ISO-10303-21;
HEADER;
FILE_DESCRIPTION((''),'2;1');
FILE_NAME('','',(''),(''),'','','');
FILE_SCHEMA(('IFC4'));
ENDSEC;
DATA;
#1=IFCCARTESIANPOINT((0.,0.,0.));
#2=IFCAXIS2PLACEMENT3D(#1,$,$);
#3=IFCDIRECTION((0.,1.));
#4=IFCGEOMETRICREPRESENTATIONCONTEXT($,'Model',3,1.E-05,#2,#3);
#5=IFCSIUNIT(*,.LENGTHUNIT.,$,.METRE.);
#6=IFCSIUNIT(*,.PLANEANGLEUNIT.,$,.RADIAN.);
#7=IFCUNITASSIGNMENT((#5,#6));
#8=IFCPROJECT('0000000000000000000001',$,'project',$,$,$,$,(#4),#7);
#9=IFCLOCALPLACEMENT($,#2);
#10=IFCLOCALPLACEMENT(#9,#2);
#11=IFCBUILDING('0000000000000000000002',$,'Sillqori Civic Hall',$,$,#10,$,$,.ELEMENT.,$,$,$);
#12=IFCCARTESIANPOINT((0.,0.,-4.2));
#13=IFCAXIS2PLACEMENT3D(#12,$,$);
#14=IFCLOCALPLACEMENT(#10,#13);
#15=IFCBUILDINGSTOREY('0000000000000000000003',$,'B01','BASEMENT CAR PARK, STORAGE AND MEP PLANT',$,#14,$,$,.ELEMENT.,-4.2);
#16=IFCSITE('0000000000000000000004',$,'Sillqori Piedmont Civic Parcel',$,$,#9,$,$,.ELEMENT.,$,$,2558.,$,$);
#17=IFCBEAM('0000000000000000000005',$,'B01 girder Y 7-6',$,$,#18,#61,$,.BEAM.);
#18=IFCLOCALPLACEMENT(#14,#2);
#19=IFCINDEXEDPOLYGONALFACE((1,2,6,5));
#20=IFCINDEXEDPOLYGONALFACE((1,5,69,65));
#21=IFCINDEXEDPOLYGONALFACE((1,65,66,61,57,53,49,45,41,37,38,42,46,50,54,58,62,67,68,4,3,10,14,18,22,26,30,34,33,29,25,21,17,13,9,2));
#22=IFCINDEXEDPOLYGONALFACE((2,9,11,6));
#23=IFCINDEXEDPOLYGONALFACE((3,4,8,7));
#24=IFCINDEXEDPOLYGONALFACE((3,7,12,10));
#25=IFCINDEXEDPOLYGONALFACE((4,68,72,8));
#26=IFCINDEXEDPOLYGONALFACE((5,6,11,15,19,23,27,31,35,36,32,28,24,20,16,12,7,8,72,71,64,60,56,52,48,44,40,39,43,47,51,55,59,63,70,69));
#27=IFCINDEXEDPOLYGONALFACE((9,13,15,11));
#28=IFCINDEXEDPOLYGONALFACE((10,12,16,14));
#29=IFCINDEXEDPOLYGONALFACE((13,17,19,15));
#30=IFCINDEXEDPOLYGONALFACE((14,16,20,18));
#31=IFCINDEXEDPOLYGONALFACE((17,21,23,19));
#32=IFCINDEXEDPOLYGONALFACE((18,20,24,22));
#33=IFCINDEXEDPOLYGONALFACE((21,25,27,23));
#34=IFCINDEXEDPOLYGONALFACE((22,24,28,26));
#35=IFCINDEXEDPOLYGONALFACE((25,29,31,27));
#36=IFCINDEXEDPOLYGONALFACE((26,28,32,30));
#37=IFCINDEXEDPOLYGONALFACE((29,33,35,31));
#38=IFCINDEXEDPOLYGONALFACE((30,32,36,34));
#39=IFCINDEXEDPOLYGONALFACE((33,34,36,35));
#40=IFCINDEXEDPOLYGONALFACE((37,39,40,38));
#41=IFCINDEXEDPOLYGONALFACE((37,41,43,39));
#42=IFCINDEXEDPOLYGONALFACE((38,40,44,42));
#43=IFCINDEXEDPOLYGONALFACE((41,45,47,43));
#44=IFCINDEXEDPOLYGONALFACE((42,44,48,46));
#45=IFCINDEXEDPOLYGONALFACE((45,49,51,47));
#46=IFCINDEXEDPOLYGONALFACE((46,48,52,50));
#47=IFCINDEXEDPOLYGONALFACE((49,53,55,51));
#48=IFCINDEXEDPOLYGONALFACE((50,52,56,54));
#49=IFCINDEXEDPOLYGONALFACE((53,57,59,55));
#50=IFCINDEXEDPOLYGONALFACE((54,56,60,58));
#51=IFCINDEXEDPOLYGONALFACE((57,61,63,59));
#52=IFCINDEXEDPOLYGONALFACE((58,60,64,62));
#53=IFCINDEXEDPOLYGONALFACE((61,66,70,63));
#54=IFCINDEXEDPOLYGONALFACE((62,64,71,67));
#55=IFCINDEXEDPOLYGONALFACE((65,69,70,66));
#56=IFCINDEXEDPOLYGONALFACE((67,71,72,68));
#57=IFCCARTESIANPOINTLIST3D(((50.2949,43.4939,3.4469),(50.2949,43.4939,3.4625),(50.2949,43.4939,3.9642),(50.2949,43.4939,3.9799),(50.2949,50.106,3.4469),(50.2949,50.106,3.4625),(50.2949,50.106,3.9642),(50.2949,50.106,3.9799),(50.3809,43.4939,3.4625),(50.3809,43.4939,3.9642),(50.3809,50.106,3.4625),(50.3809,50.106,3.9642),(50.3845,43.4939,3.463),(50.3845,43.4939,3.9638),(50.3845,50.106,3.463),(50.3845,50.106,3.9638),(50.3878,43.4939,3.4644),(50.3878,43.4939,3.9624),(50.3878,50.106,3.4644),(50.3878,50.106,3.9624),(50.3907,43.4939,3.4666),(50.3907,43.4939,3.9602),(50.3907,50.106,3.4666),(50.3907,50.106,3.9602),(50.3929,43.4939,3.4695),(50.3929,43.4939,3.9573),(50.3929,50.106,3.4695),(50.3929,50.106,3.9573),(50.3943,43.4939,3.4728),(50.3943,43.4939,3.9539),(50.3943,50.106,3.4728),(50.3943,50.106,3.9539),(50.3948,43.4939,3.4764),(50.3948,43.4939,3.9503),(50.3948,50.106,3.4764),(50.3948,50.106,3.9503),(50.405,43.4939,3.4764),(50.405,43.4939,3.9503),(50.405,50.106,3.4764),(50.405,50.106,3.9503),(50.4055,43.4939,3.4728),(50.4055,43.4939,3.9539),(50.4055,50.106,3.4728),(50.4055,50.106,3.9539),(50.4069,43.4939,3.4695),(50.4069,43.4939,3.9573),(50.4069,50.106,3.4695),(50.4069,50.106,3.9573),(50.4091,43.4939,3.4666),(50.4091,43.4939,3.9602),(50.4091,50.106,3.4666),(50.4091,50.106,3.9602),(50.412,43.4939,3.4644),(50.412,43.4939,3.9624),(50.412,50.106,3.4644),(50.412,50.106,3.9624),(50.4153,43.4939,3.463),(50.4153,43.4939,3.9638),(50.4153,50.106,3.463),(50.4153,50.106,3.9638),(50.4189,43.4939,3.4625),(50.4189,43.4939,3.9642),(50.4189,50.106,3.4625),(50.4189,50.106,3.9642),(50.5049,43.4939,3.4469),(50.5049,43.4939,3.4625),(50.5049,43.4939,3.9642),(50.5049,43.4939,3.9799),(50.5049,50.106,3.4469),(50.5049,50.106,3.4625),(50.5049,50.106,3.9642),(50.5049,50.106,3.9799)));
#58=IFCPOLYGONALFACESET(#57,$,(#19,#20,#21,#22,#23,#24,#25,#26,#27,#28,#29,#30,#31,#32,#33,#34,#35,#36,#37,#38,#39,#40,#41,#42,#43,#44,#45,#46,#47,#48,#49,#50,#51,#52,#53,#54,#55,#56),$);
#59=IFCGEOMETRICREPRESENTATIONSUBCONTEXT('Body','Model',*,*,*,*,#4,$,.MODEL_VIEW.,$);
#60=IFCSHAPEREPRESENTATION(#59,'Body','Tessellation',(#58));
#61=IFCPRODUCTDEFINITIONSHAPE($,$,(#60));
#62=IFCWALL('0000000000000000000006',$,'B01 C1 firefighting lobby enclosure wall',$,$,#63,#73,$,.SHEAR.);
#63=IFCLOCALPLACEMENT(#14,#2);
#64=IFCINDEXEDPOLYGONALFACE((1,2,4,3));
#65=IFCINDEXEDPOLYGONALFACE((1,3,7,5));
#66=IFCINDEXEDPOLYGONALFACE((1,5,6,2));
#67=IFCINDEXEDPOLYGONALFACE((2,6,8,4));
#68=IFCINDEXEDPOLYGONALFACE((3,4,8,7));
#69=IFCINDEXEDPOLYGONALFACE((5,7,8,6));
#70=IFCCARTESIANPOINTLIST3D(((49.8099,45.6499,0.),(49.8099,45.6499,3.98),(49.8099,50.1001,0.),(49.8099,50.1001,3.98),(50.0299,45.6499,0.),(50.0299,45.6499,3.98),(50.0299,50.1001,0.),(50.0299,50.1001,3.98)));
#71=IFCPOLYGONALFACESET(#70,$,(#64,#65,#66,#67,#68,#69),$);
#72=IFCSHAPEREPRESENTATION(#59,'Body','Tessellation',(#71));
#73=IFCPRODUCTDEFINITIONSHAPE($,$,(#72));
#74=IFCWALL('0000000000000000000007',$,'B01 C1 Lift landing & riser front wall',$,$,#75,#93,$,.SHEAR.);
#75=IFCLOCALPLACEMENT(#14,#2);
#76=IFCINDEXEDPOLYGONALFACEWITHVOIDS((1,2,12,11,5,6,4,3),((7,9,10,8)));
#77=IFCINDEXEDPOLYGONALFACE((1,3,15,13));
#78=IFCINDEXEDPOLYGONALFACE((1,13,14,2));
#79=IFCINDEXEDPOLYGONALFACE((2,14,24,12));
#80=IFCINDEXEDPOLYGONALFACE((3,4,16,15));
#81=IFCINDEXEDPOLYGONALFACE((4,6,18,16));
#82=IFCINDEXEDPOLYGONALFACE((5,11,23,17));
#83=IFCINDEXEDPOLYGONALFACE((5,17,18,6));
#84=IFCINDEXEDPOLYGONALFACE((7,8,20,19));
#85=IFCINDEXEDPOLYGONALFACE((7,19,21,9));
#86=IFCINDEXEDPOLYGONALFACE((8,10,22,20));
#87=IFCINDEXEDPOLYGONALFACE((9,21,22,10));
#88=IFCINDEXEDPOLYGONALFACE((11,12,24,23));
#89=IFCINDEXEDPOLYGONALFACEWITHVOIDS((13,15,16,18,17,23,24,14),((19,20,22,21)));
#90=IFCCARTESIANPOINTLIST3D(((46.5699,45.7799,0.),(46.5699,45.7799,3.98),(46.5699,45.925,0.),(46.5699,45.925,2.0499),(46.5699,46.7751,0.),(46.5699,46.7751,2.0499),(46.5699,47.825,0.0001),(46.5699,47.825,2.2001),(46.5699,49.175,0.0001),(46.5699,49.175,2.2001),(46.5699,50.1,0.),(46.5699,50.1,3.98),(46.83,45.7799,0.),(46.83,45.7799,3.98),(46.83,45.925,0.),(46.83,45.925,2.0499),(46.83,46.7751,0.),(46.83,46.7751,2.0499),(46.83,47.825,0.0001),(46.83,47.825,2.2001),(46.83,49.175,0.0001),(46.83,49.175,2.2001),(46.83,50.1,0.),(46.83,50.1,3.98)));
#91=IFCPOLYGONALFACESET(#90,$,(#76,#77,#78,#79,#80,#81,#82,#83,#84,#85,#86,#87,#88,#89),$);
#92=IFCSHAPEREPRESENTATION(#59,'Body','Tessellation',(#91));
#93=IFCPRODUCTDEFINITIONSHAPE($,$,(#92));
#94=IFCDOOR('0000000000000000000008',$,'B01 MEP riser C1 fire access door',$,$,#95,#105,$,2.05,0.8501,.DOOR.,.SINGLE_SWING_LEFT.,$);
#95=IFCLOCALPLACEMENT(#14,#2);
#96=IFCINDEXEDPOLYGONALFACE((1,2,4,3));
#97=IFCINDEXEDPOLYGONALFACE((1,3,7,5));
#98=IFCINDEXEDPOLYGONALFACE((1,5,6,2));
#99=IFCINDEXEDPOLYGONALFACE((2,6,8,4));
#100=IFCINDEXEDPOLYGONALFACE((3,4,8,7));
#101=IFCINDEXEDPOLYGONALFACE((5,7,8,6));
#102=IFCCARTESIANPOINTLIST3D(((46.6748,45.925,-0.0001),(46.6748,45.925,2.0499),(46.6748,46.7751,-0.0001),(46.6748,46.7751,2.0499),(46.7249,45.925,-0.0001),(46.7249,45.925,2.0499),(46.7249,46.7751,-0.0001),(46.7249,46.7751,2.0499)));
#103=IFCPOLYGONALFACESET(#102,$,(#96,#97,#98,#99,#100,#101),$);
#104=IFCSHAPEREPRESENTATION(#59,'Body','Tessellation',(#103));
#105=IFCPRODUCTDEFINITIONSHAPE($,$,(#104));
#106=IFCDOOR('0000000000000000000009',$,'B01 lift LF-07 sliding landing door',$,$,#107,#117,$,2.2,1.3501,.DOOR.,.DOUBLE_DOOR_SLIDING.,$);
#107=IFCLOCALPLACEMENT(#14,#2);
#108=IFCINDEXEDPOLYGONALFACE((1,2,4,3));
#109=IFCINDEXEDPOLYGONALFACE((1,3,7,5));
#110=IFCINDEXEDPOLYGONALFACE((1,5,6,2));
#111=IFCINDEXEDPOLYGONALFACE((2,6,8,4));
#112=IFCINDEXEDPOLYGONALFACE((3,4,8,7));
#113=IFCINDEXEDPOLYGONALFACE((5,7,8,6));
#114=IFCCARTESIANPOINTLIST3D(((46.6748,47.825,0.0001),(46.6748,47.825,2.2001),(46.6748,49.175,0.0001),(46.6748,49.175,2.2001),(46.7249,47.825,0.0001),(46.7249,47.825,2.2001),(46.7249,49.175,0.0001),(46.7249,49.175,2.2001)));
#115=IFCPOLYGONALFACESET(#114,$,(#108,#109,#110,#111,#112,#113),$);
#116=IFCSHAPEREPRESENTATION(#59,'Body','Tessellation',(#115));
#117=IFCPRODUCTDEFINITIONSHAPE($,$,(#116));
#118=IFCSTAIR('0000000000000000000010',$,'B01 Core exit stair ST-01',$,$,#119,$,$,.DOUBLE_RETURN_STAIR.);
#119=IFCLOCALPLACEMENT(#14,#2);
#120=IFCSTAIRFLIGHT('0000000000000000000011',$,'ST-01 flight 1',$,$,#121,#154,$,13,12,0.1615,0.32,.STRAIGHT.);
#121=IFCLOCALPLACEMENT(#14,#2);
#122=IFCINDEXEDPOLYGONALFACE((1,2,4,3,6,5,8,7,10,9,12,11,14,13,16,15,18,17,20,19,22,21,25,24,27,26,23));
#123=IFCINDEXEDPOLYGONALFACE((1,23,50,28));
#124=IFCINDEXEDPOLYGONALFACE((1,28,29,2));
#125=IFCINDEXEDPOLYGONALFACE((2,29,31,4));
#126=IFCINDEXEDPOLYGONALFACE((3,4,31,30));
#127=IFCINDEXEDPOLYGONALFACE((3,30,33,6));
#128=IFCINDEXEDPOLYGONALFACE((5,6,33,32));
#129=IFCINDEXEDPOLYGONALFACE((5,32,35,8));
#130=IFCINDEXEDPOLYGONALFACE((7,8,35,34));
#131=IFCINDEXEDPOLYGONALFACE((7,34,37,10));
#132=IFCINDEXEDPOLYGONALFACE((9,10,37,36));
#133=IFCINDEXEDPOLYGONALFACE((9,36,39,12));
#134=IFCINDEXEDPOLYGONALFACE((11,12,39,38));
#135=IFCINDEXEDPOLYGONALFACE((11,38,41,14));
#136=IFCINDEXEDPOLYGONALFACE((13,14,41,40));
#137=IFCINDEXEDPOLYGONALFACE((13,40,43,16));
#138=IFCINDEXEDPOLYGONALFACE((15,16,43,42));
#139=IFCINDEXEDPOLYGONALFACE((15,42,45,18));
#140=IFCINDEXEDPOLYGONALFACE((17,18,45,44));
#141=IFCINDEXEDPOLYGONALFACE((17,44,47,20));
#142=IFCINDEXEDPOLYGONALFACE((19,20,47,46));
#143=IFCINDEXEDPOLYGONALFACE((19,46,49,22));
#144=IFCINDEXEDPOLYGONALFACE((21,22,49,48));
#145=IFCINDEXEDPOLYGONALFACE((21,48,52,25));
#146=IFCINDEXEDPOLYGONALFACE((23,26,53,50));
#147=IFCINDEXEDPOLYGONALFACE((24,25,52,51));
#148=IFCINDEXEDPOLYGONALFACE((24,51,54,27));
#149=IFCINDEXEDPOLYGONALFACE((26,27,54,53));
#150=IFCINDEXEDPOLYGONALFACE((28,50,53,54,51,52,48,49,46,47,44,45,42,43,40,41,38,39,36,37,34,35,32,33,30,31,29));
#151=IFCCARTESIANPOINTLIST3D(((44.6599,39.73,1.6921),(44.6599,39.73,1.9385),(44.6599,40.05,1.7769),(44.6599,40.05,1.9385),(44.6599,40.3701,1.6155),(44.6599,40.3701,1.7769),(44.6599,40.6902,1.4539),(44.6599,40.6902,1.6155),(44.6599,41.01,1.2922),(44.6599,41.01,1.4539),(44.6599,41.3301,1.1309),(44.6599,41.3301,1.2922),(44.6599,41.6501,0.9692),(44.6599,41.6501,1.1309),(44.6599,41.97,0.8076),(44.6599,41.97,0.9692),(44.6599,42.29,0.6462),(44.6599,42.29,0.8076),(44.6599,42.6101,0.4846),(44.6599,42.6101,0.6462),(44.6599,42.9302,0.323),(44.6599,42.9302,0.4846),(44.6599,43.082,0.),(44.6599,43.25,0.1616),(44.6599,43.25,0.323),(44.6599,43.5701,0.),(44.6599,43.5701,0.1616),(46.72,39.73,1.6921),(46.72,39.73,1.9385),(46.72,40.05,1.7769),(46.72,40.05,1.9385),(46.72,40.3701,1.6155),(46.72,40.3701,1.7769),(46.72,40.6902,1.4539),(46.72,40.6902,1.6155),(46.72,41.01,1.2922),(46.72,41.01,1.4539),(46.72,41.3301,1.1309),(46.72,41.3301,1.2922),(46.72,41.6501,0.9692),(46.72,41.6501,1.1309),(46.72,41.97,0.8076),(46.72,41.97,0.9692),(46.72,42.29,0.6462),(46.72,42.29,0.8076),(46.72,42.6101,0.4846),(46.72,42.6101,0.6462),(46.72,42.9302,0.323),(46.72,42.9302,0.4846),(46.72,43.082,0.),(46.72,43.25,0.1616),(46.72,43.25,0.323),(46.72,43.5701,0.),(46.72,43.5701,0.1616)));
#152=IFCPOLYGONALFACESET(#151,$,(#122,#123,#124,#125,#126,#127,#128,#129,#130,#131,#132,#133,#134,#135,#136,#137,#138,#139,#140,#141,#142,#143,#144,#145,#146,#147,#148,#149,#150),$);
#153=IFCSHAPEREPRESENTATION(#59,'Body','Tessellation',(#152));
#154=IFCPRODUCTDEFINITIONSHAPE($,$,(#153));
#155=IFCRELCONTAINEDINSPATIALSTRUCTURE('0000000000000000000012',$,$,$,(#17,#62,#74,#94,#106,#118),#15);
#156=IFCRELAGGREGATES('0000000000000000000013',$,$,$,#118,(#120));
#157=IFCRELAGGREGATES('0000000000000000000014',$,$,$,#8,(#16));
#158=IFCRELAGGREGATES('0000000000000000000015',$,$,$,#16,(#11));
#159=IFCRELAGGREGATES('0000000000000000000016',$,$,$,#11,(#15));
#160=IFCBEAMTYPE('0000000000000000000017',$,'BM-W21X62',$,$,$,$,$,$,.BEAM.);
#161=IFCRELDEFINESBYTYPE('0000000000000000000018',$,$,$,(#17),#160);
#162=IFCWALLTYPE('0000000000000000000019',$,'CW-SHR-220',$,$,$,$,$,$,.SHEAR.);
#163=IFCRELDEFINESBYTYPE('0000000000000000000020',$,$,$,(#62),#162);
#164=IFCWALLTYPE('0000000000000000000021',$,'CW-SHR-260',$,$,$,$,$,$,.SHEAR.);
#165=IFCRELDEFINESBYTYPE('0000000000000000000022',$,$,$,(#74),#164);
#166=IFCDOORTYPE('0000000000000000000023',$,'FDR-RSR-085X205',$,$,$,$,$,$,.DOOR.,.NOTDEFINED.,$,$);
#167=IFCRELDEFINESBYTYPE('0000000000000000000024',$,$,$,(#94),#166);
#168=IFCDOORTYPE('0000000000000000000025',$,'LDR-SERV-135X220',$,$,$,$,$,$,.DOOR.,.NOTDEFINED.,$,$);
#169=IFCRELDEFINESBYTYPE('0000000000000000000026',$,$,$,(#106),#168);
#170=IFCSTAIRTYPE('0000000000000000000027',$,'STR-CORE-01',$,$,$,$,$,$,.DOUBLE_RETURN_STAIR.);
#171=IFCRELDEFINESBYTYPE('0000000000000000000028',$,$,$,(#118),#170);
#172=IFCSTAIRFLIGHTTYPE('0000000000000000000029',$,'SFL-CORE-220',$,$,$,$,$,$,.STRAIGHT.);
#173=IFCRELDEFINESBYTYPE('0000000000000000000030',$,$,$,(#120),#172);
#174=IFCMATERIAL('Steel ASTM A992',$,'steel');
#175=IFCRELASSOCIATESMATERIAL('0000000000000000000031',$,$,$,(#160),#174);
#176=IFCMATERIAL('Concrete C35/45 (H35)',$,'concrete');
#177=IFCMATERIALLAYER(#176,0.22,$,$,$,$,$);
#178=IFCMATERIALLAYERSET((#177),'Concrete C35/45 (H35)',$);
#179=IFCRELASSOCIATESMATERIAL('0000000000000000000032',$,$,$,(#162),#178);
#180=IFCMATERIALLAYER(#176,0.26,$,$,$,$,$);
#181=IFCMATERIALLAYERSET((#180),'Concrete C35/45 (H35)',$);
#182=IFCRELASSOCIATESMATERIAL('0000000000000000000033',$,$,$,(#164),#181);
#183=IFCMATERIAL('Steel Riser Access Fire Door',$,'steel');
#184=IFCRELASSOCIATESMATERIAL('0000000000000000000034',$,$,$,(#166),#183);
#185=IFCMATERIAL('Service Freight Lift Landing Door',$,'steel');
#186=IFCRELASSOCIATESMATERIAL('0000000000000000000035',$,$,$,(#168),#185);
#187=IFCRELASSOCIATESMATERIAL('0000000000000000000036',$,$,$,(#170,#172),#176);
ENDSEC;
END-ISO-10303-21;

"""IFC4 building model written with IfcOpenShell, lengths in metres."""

from ifc_helpers import new_model, si_unit, direction, frame, frame_2d, origin, origin_2d, place, context, subcontext, project, spatial, polyline, rectangle, i_section, outline, extrude, material, layer, layer_set, material_profile, profile_set, type_object, element, fill, aggregate, save


model = new_model("IFC4")

# Units and contexts
model_context = context("Model", 3, precision=1e-05, world=origin(), true_north=direction((0.0, 1.0)))
body_context = subcontext(model_context, "Body", "Model", "MODEL_VIEW")
ifc_project = project(units=[si_unit("LENGTHUNIT", "METRE"), si_unit("PLANEANGLEUNIT", "RADIAN")], contexts=[model_context])

# Site, building, storey
site_placement = place(None, origin())
site = spatial("IfcSite", under=ifc_project, at=site_placement, Name="Sillqori Piedmont Civic Parcel", CompositionType="ELEMENT", RefElevation=2558.0)
building_placement = place(site_placement, origin())
building = spatial("IfcBuilding", under=site, at=building_placement, Name="Sillqori Civic Hall", CompositionType="ELEMENT")
storey_placement = place(building_placement, frame((0.0, 0.0, -4.2)))
storey = spatial("IfcBuildingStorey", under=building, at=storey_placement, Name="B01", Description="BASEMENT CAR PARK, STORAGE AND MEP PLANT", CompositionType="ELEMENT", Elevation=-4.2)

# Shared definitions
ifc_material_1 = material(Name="Concrete C35/45 (H35)", Category="concrete")

# Beam
ifc_material_2 = material(Name="Steel ASTM A992", Category="steel")
ifc_material_profile_1 = material_profile(ifc_material_2, i_section(OverallWidth=0.21, OverallDepth=0.533, WebThickness=0.0103, FlangeThickness=0.0156, FilletRadius=0.0139, at=origin_2d()), Name="W21X62")
ifc_profile_set_1 = profile_set([ifc_material_profile_1], Name="Steel ASTM A992")
beam_type = type_object("IfcBeamType", Name="BM-W21X62", PredefinedType="BEAM", material=ifc_profile_set_1)
beam_placement = place(storey_placement, frame((50.3999, 43.4939, 3.7134), z_axis=(0.0, 1.0, 0.0), x_axis=(-1.0, 0.0, 0.0)))
element("IfcBeam", 1, at=beam_placement, inside=storey, type_object=beam_type, Name="B01 girder Y 7-6", PredefinedType="BEAM", context=body_context, shape_type="SweptSolid", body=[
    extrude(i_section(OverallWidth=0.21, OverallDepth=0.533, WebThickness=0.0103, FlangeThickness=0.0156, FilletRadius=0.0139, at=origin_2d()), origin(), (0.0, 0.0, 1.0), 6.6121),
])

# Wall
ifc_layer_1 = layer(ifc_material_1, 0.22)
ifc_layer_set_1 = layer_set([ifc_layer_1], Name="Concrete C35/45 (H35)")
wall_type_1 = type_object("IfcWallType", Name="CW-SHR-220", PredefinedType="SHEAR", material=ifc_layer_set_1)
wall_1_placement = place(storey_placement, frame((49.9199, 50.1001, 0.0), z_axis=(0.0, 0.0, 1.0), x_axis=(0.0, -1.0, 0.0)))
element("IfcWall", 2, at=wall_1_placement, inside=storey, type_object=wall_type_1, Name="B01 C1 firefighting lobby enclosure wall", PredefinedType="SHEAR", context=body_context, shape_type="SweptSolid", body=[
    extrude(rectangle(XDim=4.4502, YDim=0.22, at=frame_2d((2.2251, 0.0))), origin(), (0.0, 0.0, 1.0), 3.98),
])

# Wall, openings, doors
ifc_layer_2 = layer(ifc_material_1, 0.26)
ifc_layer_set_2 = layer_set([ifc_layer_2], Name="Concrete C35/45 (H35)")
wall_type_2 = type_object("IfcWallType", Name="CW-SHR-260", PredefinedType="SHEAR", material=ifc_layer_set_2)
wall_2_placement = place(storey_placement, frame((46.7, 50.1001, 0.0), z_axis=(0.0, 0.0, 1.0), x_axis=(0.0, -1.0, 0.0)))
wall_2 = element("IfcWall", 3, at=wall_2_placement, inside=storey, type_object=wall_type_2, Name="B01 C1 Lift landing & riser front wall", PredefinedType="SHEAR", context=body_context, shape_type="SweptSolid", body=[
    extrude(rectangle(XDim=4.3201, YDim=0.26, at=frame_2d((2.1602, 0.0))), origin(), (0.0, 0.0, 1.0), 3.98),
])
opening_1_placement = place(wall_2_placement, frame((0.925, 0.0, 0.0)))
opening_1 = element("IfcOpeningElement", 4, at=opening_1_placement, cuts=wall_2, PredefinedType="OPENING", context=body_context, shape_type="SweptSolid", body=[
    extrude(rectangle(XDim=1.3501, YDim=2.2, at=frame_2d((0.675, 1.1001))), frame((0.0, 0.1399, 0.0), z_axis=(0.0, -1.0, 0.0), x_axis=(1.0, 0.0, 0.0)), (0.0, 0.0, 1.0), 0.28),
])
opening_2_placement = place(wall_2_placement, frame((3.325, 0.0, 0.0)))
opening_2 = element("IfcOpeningElement", 5, at=opening_2_placement, cuts=wall_2, PredefinedType="OPENING", context=body_context, shape_type="SweptSolid", body=[
    extrude(rectangle(XDim=0.8501, YDim=2.05, at=frame_2d((0.425, 1.0249))), frame((0.0, 0.1399, 0.0), z_axis=(0.0, -1.0, 0.0), x_axis=(1.0, 0.0, 0.0)), (0.0, 0.0, 1.0), 0.28),
])
ifc_material_3 = material(Name="Steel Riser Access Fire Door", Category="steel")
door_type_1 = type_object("IfcDoorType", Name="FDR-RSR-085X205", OperationType="NOTDEFINED", PredefinedType="DOOR", material=ifc_material_3)
door_1_placement = place(opening_2_placement, origin())
door_1 = element("IfcDoor", 6, at=door_1_placement, inside=storey, type_object=door_type_1, Name="B01 MEP riser C1 fire access door", OperationType="SINGLE_SWING_LEFT", OverallHeight=2.05, OverallWidth=0.8501, PredefinedType="DOOR", context=body_context, shape_type="SweptSolid", body=[
    extrude(rectangle(XDim=0.8501, YDim=2.05, at=frame_2d((0.425, 1.0249))), frame((0.0, 0.0249, 0.0), z_axis=(0.0, -1.0, 0.0), x_axis=(1.0, 0.0, 0.0)), (0.0, 0.0, 1.0), 0.05),
])
fill(opening_2, door_1)
ifc_material_4 = material(Name="Service Freight Lift Landing Door", Category="steel")
door_type_2 = type_object("IfcDoorType", Name="LDR-SERV-135X220", OperationType="NOTDEFINED", PredefinedType="DOOR", material=ifc_material_4)
door_2_placement = place(opening_1_placement, origin())
door_2 = element("IfcDoor", 7, at=door_2_placement, inside=storey, type_object=door_type_2, Name="B01 lift LF-07 sliding landing door", OperationType="DOUBLE_DOOR_SLIDING", OverallHeight=2.2, OverallWidth=1.3501, PredefinedType="DOOR", context=body_context, shape_type="SweptSolid", body=[
    extrude(rectangle(XDim=1.3501, YDim=2.2, at=frame_2d((0.675, 1.1001))), frame((0.0, 0.0249, 0.0), z_axis=(0.0, -1.0, 0.0), x_axis=(1.0, 0.0, 0.0)), (0.0, 0.0, 1.0), 0.05),
])
fill(opening_1, door_2)

# Stair, stair flight
stair_type = type_object("IfcStairType", Name="STR-CORE-01", PredefinedType="DOUBLE_RETURN_STAIR", material=ifc_material_1)
stair_placement = place(storey_placement, origin())
stair = element("IfcStair", 8, at=stair_placement, inside=storey, type_object=stair_type, Name="B01 Core exit stair ST-01", PredefinedType="DOUBLE_RETURN_STAIR")
stair_flight_type = type_object("IfcStairFlightType", Name="SFL-CORE-220", PredefinedType="STRAIGHT", material=ifc_material_1)
stair_flight_1_placement = place(storey_placement, frame((45.6899, 43.5701, 0.0), z_axis=(0.0, 0.0, 1.0), x_axis=(0.0, -1.0, 0.0)))
stair_flight_1 = element("IfcStairFlight", 9, at=stair_flight_1_placement, type_object=stair_flight_type, Name="ST-01 flight 1", NumberOfRisers=13, NumberOfTreads=12, PredefinedType="STRAIGHT", RiserHeight=0.1615, TreadLength=0.32, context=body_context, shape_type="SweptSolid", body=[
    extrude(outline(polyline([(0.0, 0.0), (0.0, 0.1616), (0.3201, 0.1616), (0.3201, 0.323), (0.6399, 0.323), (0.6399, 0.4846), (0.96, 0.4846), (0.96, 0.6462), (1.28, 0.6462), (1.28, 0.8076), (1.6001, 0.8076), (1.6001, 0.9692), (1.9199, 0.9692), (1.9199, 1.1309), (2.24, 1.1309), (2.24, 1.2922), (2.5601, 1.2922), (2.5601, 1.4539), (2.8799, 1.4539), (2.8799, 1.6155), (3.2, 1.6155), (3.2, 1.7769), (3.52, 1.7769), (3.52, 1.9385), (3.8401, 1.9385), (3.8401, 2.1001), (3.8401, 1.6921), (0.488, 0.0), (0.0, 0.0)])), frame((0.0, 1.03, 0.0), z_axis=(0.0, -1.0, 0.0), x_axis=(1.0, 0.0, 0.0)), (0.0, 0.0, 1.0), 2.0601),
])
aggregate(stair, [stair_flight_1])

save(model, "model.ifc")
